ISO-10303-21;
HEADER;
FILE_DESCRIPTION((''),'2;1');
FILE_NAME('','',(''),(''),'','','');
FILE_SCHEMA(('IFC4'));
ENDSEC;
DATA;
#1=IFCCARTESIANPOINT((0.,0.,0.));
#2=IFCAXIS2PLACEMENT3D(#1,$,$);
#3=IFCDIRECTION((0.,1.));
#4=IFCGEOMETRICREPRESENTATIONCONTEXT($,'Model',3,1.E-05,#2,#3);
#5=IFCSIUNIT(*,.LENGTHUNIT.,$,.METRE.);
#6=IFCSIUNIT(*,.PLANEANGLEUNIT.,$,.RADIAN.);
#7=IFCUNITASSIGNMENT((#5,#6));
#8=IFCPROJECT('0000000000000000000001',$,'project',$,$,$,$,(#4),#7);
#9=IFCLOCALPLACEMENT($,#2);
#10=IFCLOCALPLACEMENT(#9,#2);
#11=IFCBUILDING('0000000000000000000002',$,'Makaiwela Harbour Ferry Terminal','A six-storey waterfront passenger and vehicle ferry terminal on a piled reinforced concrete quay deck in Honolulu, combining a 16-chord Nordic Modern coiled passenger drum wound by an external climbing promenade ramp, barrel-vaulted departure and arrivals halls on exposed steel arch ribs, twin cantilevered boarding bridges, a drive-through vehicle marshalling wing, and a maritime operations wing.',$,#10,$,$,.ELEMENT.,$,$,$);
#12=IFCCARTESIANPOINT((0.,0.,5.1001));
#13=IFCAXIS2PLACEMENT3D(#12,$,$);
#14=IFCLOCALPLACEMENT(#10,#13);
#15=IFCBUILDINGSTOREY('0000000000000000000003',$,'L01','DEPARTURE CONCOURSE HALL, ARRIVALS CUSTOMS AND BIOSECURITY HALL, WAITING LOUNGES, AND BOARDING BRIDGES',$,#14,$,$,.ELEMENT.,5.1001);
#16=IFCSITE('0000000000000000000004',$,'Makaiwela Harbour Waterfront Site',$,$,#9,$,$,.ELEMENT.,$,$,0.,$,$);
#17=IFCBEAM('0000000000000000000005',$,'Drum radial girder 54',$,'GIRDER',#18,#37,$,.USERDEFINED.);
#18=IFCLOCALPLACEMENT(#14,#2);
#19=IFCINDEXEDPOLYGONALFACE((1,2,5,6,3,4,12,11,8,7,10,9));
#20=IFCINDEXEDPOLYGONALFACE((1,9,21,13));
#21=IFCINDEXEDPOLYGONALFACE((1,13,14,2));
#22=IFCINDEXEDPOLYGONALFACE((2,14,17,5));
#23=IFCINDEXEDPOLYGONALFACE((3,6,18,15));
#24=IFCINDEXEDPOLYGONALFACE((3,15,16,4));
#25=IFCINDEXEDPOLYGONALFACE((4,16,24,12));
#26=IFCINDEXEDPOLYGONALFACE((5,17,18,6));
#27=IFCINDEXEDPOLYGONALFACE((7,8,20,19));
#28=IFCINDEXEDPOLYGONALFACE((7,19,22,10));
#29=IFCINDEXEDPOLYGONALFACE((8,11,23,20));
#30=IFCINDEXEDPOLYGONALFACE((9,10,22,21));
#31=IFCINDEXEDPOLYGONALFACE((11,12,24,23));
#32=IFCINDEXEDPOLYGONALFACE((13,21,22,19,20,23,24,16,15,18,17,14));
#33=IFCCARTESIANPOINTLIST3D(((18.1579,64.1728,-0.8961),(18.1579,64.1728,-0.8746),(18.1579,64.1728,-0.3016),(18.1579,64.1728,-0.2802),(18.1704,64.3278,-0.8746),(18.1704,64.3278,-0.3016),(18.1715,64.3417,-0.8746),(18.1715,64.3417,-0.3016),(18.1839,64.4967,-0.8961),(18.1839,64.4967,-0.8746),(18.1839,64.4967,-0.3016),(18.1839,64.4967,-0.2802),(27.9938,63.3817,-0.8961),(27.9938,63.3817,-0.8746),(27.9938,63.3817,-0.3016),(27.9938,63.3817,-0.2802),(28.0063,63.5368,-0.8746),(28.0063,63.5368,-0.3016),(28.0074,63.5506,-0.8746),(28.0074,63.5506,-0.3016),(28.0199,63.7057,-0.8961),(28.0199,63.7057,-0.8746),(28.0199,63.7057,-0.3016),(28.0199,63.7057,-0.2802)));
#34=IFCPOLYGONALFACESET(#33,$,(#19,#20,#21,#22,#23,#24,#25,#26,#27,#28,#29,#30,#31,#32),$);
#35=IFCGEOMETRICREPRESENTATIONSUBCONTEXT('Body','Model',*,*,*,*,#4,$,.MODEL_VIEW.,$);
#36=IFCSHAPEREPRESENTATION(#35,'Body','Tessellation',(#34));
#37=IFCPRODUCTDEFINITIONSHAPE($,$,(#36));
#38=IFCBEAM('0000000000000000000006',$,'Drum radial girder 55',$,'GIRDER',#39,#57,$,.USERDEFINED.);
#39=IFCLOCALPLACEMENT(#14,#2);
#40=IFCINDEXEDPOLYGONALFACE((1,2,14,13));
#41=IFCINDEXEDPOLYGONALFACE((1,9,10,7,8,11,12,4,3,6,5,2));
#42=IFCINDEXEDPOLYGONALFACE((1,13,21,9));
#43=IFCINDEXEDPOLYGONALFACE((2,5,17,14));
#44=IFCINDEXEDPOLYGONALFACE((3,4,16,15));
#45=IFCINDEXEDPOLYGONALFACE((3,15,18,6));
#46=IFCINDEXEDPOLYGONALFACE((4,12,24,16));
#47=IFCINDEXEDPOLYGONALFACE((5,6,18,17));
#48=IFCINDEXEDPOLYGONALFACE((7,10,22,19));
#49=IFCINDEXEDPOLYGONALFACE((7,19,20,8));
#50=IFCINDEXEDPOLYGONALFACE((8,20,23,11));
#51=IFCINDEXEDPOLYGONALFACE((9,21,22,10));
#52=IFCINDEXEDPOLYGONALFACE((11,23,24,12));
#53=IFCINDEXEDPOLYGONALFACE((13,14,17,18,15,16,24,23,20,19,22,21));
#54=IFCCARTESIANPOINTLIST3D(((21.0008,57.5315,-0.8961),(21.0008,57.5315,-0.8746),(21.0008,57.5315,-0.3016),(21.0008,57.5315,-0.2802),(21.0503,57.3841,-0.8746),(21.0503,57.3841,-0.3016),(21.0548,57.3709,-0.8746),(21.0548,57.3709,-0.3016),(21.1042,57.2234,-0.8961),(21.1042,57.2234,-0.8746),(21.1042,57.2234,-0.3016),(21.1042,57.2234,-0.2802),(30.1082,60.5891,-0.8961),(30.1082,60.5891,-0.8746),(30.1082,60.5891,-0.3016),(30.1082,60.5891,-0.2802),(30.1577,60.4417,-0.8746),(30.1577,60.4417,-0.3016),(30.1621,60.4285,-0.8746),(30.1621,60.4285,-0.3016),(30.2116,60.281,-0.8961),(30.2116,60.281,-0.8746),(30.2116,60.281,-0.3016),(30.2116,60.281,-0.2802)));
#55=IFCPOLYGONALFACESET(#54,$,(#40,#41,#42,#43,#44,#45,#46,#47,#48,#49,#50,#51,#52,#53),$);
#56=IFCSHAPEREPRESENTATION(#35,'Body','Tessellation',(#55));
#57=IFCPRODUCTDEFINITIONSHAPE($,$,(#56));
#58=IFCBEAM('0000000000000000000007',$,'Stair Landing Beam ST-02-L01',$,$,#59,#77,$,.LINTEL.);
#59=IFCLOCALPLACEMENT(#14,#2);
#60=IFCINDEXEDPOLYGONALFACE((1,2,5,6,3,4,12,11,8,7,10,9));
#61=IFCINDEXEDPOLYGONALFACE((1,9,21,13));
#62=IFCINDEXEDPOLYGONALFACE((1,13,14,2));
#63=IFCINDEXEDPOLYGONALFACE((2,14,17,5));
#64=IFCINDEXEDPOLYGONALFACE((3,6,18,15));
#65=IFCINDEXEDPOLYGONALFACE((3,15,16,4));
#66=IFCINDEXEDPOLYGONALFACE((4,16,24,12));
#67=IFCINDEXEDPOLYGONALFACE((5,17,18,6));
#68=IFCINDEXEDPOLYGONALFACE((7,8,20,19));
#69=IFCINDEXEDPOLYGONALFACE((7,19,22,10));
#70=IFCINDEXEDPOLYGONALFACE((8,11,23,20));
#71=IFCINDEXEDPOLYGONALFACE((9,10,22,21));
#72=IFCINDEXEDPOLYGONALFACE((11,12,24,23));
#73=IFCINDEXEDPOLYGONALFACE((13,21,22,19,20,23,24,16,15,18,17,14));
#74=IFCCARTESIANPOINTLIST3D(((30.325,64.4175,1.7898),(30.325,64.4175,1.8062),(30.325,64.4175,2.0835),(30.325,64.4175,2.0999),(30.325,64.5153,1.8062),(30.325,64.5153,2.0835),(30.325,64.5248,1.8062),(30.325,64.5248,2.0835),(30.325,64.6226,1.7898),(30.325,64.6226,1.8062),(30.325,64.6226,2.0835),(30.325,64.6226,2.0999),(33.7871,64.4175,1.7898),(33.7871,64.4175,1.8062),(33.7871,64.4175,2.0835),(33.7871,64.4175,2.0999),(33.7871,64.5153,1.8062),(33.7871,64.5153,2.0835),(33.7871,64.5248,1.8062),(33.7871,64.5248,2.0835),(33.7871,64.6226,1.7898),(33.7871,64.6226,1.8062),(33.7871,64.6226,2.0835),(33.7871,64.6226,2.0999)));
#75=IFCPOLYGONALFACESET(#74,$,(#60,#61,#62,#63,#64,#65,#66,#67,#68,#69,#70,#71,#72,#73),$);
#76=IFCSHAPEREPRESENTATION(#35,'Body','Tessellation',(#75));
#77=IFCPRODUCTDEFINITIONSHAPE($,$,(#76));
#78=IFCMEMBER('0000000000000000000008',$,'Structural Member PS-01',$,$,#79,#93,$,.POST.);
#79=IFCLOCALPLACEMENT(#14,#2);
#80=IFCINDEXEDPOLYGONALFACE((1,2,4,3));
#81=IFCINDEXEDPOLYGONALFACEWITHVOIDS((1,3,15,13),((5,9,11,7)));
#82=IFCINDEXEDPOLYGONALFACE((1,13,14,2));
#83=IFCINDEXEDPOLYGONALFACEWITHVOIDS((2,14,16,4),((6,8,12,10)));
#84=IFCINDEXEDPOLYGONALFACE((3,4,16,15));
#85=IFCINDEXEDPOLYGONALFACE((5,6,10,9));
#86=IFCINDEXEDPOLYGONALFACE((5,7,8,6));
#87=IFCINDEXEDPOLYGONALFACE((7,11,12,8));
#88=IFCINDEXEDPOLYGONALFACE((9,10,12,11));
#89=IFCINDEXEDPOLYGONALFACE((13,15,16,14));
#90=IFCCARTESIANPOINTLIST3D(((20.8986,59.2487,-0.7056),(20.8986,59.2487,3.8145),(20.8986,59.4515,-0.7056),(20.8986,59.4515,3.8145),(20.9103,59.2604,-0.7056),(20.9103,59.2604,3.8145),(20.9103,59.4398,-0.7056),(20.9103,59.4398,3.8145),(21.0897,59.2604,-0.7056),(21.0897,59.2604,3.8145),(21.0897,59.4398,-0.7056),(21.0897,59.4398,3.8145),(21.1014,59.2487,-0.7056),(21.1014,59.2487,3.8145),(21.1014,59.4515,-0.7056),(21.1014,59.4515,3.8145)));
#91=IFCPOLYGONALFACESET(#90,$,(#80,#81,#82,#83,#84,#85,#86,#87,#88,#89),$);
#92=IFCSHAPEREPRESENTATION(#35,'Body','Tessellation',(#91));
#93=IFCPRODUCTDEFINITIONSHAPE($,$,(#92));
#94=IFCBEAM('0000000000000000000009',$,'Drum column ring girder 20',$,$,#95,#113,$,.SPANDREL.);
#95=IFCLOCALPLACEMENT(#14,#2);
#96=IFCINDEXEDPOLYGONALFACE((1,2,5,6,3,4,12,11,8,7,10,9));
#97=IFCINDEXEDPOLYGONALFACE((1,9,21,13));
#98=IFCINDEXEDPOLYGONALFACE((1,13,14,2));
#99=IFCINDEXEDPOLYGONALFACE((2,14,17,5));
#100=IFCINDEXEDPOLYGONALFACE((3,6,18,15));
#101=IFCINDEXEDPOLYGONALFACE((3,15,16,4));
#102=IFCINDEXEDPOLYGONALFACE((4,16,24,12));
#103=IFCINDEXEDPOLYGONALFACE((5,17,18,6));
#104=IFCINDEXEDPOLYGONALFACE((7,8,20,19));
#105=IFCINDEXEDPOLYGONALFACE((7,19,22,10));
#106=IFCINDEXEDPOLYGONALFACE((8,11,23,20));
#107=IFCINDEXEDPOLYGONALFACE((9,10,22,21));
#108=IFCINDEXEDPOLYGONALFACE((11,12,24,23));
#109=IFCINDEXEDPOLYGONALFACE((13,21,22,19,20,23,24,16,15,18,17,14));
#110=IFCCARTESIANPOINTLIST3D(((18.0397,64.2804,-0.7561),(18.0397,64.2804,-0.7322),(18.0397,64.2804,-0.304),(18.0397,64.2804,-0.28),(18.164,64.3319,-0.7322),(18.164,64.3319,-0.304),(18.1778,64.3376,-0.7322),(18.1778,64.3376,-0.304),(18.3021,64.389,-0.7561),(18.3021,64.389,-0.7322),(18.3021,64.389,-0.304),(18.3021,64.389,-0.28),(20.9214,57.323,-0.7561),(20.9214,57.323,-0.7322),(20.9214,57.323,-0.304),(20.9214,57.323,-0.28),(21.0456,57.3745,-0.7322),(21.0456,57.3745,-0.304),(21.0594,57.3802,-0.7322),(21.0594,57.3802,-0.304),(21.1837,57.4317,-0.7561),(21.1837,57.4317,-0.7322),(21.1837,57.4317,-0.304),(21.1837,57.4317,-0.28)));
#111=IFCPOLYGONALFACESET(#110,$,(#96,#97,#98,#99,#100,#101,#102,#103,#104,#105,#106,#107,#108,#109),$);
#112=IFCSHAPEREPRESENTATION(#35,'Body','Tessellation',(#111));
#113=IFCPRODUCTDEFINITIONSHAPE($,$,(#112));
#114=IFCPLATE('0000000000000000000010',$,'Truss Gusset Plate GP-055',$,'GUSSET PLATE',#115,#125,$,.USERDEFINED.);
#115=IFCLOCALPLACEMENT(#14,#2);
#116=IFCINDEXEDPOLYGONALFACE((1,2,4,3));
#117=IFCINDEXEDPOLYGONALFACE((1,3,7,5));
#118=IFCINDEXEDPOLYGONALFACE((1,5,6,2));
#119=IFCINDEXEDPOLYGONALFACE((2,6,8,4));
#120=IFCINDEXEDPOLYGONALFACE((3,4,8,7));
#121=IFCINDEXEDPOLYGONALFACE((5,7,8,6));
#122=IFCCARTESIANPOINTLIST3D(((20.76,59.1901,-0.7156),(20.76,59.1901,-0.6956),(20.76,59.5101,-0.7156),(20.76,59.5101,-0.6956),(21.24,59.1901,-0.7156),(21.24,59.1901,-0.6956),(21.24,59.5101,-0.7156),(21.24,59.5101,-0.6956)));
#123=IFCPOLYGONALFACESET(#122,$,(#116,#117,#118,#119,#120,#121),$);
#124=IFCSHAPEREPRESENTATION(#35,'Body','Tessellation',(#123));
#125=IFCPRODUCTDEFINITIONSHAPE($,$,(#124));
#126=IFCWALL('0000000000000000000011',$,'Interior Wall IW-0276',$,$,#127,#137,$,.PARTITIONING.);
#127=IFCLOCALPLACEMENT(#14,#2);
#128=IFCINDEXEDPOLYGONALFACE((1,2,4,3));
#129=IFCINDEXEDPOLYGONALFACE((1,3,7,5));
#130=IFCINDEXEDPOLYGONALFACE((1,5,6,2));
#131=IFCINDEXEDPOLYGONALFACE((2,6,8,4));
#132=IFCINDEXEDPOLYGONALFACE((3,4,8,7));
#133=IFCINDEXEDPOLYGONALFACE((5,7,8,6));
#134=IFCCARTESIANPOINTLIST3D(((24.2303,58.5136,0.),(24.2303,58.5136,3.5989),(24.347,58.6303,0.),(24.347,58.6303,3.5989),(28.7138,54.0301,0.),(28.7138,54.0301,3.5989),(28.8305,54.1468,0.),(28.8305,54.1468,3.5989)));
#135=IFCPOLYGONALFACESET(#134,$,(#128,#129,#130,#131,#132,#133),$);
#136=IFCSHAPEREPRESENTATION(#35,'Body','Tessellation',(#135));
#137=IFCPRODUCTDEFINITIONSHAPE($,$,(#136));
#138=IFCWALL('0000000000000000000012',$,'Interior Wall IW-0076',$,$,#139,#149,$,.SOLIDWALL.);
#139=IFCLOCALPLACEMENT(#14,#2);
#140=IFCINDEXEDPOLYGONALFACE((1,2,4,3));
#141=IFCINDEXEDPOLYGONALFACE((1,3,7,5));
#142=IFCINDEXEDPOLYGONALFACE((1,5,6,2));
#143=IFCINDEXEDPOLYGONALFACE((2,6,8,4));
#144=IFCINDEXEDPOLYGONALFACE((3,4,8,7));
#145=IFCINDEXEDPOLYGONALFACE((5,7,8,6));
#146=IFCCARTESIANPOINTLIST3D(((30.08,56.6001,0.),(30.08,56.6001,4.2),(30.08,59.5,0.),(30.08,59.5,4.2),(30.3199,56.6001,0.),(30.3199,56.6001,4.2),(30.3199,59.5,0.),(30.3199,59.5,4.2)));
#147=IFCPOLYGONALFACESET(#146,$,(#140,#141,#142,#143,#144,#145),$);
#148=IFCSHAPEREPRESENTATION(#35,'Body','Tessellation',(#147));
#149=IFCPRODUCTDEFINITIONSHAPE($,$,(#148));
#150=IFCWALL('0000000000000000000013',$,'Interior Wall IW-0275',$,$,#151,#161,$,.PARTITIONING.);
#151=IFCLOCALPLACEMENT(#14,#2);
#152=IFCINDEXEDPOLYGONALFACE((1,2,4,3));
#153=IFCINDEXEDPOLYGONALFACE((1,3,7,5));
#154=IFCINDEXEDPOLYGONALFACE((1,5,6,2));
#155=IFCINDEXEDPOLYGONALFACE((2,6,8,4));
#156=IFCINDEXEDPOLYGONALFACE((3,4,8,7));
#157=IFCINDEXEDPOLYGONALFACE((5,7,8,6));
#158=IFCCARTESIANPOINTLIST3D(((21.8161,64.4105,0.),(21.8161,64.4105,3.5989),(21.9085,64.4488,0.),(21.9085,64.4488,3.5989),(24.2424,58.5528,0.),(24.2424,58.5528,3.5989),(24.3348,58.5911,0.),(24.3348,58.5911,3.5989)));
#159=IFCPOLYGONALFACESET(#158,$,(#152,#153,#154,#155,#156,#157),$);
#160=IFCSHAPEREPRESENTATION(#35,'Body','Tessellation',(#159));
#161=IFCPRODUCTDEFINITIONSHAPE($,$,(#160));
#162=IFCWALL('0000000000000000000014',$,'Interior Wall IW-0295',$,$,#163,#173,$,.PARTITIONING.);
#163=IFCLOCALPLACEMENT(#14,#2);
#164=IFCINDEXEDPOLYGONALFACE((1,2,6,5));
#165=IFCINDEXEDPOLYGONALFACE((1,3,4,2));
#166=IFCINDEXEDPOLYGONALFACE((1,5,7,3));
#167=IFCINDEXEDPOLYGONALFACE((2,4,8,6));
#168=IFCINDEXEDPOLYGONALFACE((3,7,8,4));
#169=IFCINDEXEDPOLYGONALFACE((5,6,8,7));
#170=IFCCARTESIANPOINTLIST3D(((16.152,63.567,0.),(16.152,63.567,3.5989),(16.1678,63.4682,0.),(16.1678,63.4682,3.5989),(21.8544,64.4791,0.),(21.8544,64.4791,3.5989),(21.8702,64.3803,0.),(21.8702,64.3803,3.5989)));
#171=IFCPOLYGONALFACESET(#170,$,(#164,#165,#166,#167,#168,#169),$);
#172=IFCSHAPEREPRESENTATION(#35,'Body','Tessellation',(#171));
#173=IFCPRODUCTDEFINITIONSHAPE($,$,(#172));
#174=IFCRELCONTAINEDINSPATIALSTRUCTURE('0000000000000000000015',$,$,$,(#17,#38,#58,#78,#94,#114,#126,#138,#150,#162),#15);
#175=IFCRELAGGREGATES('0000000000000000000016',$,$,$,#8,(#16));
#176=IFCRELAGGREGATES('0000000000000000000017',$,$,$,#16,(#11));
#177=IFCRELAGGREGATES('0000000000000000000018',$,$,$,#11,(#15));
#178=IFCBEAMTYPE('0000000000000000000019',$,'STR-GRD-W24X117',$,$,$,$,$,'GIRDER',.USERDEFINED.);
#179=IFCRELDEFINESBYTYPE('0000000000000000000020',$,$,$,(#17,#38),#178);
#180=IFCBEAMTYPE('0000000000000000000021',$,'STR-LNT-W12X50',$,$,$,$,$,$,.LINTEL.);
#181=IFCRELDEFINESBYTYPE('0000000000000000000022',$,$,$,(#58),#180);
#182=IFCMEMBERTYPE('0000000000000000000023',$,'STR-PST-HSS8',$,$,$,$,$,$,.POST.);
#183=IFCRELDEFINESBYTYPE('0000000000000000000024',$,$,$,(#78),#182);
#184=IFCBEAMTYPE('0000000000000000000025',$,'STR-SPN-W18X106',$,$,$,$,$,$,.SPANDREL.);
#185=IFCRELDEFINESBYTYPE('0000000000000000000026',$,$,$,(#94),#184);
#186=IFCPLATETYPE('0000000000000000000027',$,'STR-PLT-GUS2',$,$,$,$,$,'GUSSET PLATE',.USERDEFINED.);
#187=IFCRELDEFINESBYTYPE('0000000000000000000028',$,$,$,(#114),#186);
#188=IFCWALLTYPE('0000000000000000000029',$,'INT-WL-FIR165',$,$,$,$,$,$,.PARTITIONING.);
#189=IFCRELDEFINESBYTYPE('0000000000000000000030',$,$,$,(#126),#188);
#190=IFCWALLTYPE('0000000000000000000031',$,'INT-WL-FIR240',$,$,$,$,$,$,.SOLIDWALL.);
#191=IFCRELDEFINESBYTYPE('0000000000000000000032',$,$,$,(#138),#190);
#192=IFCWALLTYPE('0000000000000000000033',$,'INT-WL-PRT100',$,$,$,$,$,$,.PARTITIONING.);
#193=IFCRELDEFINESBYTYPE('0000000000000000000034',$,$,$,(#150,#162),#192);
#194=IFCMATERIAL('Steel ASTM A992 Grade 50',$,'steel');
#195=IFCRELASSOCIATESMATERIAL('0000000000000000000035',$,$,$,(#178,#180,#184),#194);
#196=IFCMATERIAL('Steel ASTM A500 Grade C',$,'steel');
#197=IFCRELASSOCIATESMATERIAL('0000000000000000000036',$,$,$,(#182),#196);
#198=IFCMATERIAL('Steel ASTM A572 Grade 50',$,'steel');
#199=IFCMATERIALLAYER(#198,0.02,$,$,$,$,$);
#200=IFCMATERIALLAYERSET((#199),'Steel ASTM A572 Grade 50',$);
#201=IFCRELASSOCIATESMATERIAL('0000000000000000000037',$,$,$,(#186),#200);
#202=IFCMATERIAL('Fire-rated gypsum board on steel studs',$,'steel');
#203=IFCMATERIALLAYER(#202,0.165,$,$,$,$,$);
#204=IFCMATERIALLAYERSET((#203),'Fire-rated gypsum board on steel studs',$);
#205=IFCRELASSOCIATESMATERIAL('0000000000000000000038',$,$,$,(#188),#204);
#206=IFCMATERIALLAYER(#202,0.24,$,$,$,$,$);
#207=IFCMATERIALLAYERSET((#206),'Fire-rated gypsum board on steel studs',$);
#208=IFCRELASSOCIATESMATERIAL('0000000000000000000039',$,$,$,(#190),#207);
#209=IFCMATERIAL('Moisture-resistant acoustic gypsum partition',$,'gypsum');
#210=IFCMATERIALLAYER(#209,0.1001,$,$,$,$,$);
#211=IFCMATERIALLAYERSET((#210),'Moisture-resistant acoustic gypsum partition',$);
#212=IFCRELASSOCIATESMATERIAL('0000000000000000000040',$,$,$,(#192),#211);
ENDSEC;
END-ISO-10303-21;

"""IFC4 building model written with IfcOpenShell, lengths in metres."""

from ifc_helpers import new_model, si_unit, direction, frame, frame_2d, origin, origin_2d, place, context, subcontext, project, spatial, rectangle, hollow_rectangle, i_section, extrude, material, layer, layer_set, material_profile, profile_set, type_object, element, save


model = new_model("IFC4")

# Units and contexts
model_context = context("Model", 3, precision=1e-05, world=origin(), true_north=direction((0.0, 1.0)))
body_context = subcontext(model_context, "Body", "Model", "MODEL_VIEW")
ifc_project = project(units=[si_unit("LENGTHUNIT", "METRE"), si_unit("PLANEANGLEUNIT", "RADIAN")], contexts=[model_context])

# Site, building, storey
site_placement = place(None, origin())
site = spatial("IfcSite", under=ifc_project, at=site_placement, Name="Makaiwela Harbour Waterfront Site", CompositionType="ELEMENT", RefElevation=0.0)
building_placement = place(site_placement, origin())
building = spatial("IfcBuilding", under=site, at=building_placement, Name="Makaiwela Harbour Ferry Terminal", Description="A six-storey waterfront passenger and vehicle ferry terminal on a piled reinforced concrete quay deck in Honolulu, combining a 16-chord Nordic Modern coiled passenger drum wound by an external climbing promenade ramp, barrel-vaulted departure and arrivals halls on exposed steel arch ribs, twin cantilevered boarding bridges, a drive-through vehicle marshalling wing, and a maritime operations wing.", CompositionType="ELEMENT")
storey_placement = place(building_placement, frame((0.0, 0.0, 5.1001)))
storey = spatial("IfcBuildingStorey", under=building, at=storey_placement, Name="L01", Description="DEPARTURE CONCOURSE HALL, ARRIVALS CUSTOMS AND BIOSECURITY HALL, WAITING LOUNGES, AND BOARDING BRIDGES", CompositionType="ELEMENT", Elevation=5.1001)

# Shared definitions
ifc_material_1 = material(Name="Steel ASTM A992 Grade 50", Category="steel")

# Shared definitions
ifc_material_2 = material(Name="Steel ASTM A500 Grade C", Category="steel")

# Beams
ifc_material_profile_1 = material_profile(ifc_material_1, i_section(OverallWidth=0.325, OverallDepth=0.616, WebThickness=0.0139, FlangeThickness=0.0215, at=origin_2d()), Name="W24X117")
ifc_profile_set_1 = profile_set([ifc_material_profile_1], Name="Steel ASTM A992 Grade 50")
beam_type_1 = type_object("IfcBeamType", Name="STR-GRD-W24X117", ElementType="GIRDER", PredefinedType="USERDEFINED", material=ifc_profile_set_1)
beam_1_placement = place(storey_placement, frame((28.0068, 63.5437, -0.5881), z_axis=(-0.996782, 0.080162, 0.0), x_axis=(-0.080162, -0.996782, 0.0)))
element("IfcBeam", 1, at=beam_1_placement, inside=storey, type_object=beam_type_1, Name="Drum radial girder 54", ObjectType="GIRDER", PredefinedType="USERDEFINED", context=body_context, shape_type="SweptSolid", body=[
    extrude(i_section(OverallWidth=0.325, OverallDepth=0.616, WebThickness=0.0139, FlangeThickness=0.0215, at=origin_2d()), origin(), (0.0, 0.0, 1.0), 9.8677),
])
beam_2_placement = place(storey_placement, frame((30.1599, 60.4351, -0.5881), z_axis=(-0.948, -0.31827, 0.0), x_axis=(0.31827, -0.948, 0.0)))
element("IfcBeam", 2, at=beam_2_placement, inside=storey, type_object=beam_type_1, Name="Drum radial girder 55", ObjectType="GIRDER", PredefinedType="USERDEFINED", context=body_context, shape_type="SweptSolid", body=[
    extrude(i_section(OverallWidth=0.325, OverallDepth=0.616, WebThickness=0.0139, FlangeThickness=0.0215, at=origin_2d()), origin(), (0.0, 0.0, 1.0), 9.6069),
])
ifc_material_profile_2 = material_profile(ifc_material_1, i_section(OverallWidth=0.2051, OverallDepth=0.3101, WebThickness=0.0095, FlangeThickness=0.0164, at=origin_2d()), Name="W12X50")
ifc_profile_set_2 = profile_set([ifc_material_profile_2], Name="Steel ASTM A992 Grade 50")
beam_type_2 = type_object("IfcBeamType", Name="STR-LNT-W12X50", PredefinedType="LINTEL", material=ifc_profile_set_2)
beam_3_placement = place(storey_placement, frame((30.325, 64.52, 1.9448), z_axis=(1.0, 0.0, 0.0), x_axis=(0.0, 1.0, 0.0)))
element("IfcBeam", 3, at=beam_3_placement, inside=storey, type_object=beam_type_2, Name="Stair Landing Beam ST-02-L01", PredefinedType="LINTEL", context=body_context, shape_type="SweptSolid", body=[
    extrude(i_section(OverallWidth=0.2051, OverallDepth=0.3101, WebThickness=0.0095, FlangeThickness=0.0164, at=origin_2d()), origin(), (0.0, 0.0, 1.0), 3.4622),
])

# Member
ifc_material_profile_3 = material_profile(ifc_material_2, hollow_rectangle(XDim=0.2029, YDim=0.2029, WallThickness=0.0117, at=origin_2d()), Name="HSS8X8X1/2")
ifc_profile_set_3 = profile_set([ifc_material_profile_3], Name="Steel ASTM A500 Grade C")
member_type_1 = type_object("IfcMemberType", Name="STR-PST-HSS8", PredefinedType="POST", material=ifc_profile_set_3)
member_1_placement = place(storey_placement, frame((21.0, 59.3501, -0.7056), z_axis=(0.0, 0.0, 1.0), x_axis=(1.0, 0.0, 0.0)))
element("IfcMember", 4, at=member_1_placement, inside=storey, type_object=member_type_1, Name="Structural Member PS-01", PredefinedType="POST", context=body_context, shape_type="SweptSolid", body=[
    extrude(hollow_rectangle(XDim=0.2029, YDim=0.2029, WallThickness=0.0117, at=origin_2d()), origin(), (0.0, 0.0, 1.0), 4.52),
])

# Beam
ifc_material_profile_4 = material_profile(ifc_material_1, i_section(OverallWidth=0.2839, OverallDepth=0.4761, WebThickness=0.0149, FlangeThickness=0.0239, at=origin_2d()), Name="W18X106")
ifc_profile_set_4 = profile_set([ifc_material_profile_4], Name="Steel ASTM A992 Grade 50")
beam_type_3 = type_object("IfcBeamType", Name="STR-SPN-W18X106", PredefinedType="SPANDREL", material=ifc_profile_set_4)
beam_4_placement = place(storey_placement, frame((18.1709, 64.3347, -0.5181), z_axis=(0.38266, -0.923889, 0.0), x_axis=(0.923889, 0.38266, 0.0)))
element("IfcBeam", 5, at=beam_4_placement, inside=storey, type_object=beam_type_3, Name="Drum column ring girder 20", PredefinedType="SPANDREL", context=body_context, shape_type="SweptSolid", body=[
    extrude(i_section(OverallWidth=0.2839, OverallDepth=0.4761, WebThickness=0.0149, FlangeThickness=0.0239, at=origin_2d()), origin(), (0.0, 0.0, 1.0), 7.5305),
])

# Plate
ifc_material_3 = material(Name="Steel ASTM A572 Grade 50", Category="steel")
ifc_layer_1 = layer(ifc_material_3, 0.02)
ifc_layer_set_1 = layer_set([ifc_layer_1], Name="Steel ASTM A572 Grade 50")
plate_type = type_object("IfcPlateType", Name="STR-PLT-GUS2", ElementType="GUSSET PLATE", PredefinedType="USERDEFINED", material=ifc_layer_set_1)
plate_placement = place(storey_placement, frame((21.0, 59.3501, -0.7156), z_axis=(0.0, 0.0, 1.0), x_axis=(1.0, 0.0, 0.0)))
element("IfcPlate", 6, at=plate_placement, inside=storey, type_object=plate_type, Name="Truss Gusset Plate GP-055", ObjectType="GUSSET PLATE", PredefinedType="USERDEFINED", context=body_context, shape_type="SweptSolid", body=[
    extrude(rectangle(XDim=0.48, YDim=0.3201, at=origin_2d()), origin(), (0.0, 0.0, 1.0), 0.02),
])

# Walls
ifc_material_4 = material(Name="Fire-rated gypsum board on steel studs", Category="steel")
ifc_layer_2 = layer(ifc_material_4, 0.165)
ifc_layer_set_2 = layer_set([ifc_layer_2], Name="Fire-rated gypsum board on steel studs")
wall_type_1 = type_object("IfcWallType", Name="INT-WL-FIR165", PredefinedType="PARTITIONING", material=ifc_layer_set_2)
wall_1_placement = place(storey_placement, frame((24.2886, 58.572, 0.0), z_axis=(0.0, 0.0, 1.0), x_axis=(0.707107, -0.707107, 0.0)))
element("IfcWall", 7, at=wall_1_placement, inside=storey, type_object=wall_type_1, Name="Interior Wall IW-0276", PredefinedType="PARTITIONING", context=body_context, shape_type="SweptSolid", body=[
    extrude(rectangle(XDim=6.3406, YDim=0.165, at=frame_2d((3.1704, 0.0))), origin(), (0.0, 0.0, 1.0), 3.5989),
])
ifc_layer_3 = layer(ifc_material_4, 0.24)
ifc_layer_set_3 = layer_set([ifc_layer_3], Name="Fire-rated gypsum board on steel studs")
wall_type_2 = type_object("IfcWallType", Name="INT-WL-FIR240", PredefinedType="SOLIDWALL", material=ifc_layer_set_3)
wall_2_placement = place(storey_placement, frame((30.2, 59.5, 0.0), z_axis=(0.0, 0.0, 1.0), x_axis=(0.0, -1.0, 0.0)))
element("IfcWall", 8, at=wall_2_placement, inside=storey, type_object=wall_type_2, Name="Interior Wall IW-0076", PredefinedType="SOLIDWALL", context=body_context, shape_type="SweptSolid", body=[
    extrude(rectangle(XDim=2.8999, YDim=0.24, at=frame_2d((1.45, 0.0))), origin(), (0.0, 0.0, 1.0), 4.2),
])
ifc_material_5 = material(Name="Moisture-resistant acoustic gypsum partition", Category="gypsum")
ifc_layer_4 = layer(ifc_material_5, 0.1001)
ifc_layer_set_4 = layer_set([ifc_layer_4], Name="Moisture-resistant acoustic gypsum partition")
wall_type_3 = type_object("IfcWallType", Name="INT-WL-PRT100", PredefinedType="PARTITIONING", material=ifc_layer_set_4)
wall_3_placement = place(storey_placement, frame((21.8623, 64.4297, 0.0), z_axis=(0.0, 0.0, 1.0), x_axis=(0.382676, -0.923883, 0.0)))
element("IfcWall", 9, at=wall_3_placement, inside=storey, type_object=wall_type_3, Name="Interior Wall IW-0275", PredefinedType="PARTITIONING", context=body_context, shape_type="SweptSolid", body=[
    extrude(rectangle(XDim=6.3403, YDim=0.1001, at=frame_2d((3.1702, 0.0))), origin(), (0.0, 0.0, 1.0), 3.5989),
])
wall_4_placement = place(storey_placement, frame((21.8623, 64.4297, 0.0), z_axis=(0.0, 0.0, 1.0), x_axis=(-0.987448, -0.157944, 0.0)))
element("IfcWall", 10, at=wall_4_placement, inside=storey, type_object=wall_type_3, Name="Interior Wall IW-0295", PredefinedType="PARTITIONING", context=body_context, shape_type="SweptSolid", body=[
    extrude(rectangle(XDim=5.7749, YDim=0.1001, at=frame_2d((2.8875, 0.0))), origin(), (0.0, 0.0, 1.0), 3.5989),
])

save(model, "model.ifc")
